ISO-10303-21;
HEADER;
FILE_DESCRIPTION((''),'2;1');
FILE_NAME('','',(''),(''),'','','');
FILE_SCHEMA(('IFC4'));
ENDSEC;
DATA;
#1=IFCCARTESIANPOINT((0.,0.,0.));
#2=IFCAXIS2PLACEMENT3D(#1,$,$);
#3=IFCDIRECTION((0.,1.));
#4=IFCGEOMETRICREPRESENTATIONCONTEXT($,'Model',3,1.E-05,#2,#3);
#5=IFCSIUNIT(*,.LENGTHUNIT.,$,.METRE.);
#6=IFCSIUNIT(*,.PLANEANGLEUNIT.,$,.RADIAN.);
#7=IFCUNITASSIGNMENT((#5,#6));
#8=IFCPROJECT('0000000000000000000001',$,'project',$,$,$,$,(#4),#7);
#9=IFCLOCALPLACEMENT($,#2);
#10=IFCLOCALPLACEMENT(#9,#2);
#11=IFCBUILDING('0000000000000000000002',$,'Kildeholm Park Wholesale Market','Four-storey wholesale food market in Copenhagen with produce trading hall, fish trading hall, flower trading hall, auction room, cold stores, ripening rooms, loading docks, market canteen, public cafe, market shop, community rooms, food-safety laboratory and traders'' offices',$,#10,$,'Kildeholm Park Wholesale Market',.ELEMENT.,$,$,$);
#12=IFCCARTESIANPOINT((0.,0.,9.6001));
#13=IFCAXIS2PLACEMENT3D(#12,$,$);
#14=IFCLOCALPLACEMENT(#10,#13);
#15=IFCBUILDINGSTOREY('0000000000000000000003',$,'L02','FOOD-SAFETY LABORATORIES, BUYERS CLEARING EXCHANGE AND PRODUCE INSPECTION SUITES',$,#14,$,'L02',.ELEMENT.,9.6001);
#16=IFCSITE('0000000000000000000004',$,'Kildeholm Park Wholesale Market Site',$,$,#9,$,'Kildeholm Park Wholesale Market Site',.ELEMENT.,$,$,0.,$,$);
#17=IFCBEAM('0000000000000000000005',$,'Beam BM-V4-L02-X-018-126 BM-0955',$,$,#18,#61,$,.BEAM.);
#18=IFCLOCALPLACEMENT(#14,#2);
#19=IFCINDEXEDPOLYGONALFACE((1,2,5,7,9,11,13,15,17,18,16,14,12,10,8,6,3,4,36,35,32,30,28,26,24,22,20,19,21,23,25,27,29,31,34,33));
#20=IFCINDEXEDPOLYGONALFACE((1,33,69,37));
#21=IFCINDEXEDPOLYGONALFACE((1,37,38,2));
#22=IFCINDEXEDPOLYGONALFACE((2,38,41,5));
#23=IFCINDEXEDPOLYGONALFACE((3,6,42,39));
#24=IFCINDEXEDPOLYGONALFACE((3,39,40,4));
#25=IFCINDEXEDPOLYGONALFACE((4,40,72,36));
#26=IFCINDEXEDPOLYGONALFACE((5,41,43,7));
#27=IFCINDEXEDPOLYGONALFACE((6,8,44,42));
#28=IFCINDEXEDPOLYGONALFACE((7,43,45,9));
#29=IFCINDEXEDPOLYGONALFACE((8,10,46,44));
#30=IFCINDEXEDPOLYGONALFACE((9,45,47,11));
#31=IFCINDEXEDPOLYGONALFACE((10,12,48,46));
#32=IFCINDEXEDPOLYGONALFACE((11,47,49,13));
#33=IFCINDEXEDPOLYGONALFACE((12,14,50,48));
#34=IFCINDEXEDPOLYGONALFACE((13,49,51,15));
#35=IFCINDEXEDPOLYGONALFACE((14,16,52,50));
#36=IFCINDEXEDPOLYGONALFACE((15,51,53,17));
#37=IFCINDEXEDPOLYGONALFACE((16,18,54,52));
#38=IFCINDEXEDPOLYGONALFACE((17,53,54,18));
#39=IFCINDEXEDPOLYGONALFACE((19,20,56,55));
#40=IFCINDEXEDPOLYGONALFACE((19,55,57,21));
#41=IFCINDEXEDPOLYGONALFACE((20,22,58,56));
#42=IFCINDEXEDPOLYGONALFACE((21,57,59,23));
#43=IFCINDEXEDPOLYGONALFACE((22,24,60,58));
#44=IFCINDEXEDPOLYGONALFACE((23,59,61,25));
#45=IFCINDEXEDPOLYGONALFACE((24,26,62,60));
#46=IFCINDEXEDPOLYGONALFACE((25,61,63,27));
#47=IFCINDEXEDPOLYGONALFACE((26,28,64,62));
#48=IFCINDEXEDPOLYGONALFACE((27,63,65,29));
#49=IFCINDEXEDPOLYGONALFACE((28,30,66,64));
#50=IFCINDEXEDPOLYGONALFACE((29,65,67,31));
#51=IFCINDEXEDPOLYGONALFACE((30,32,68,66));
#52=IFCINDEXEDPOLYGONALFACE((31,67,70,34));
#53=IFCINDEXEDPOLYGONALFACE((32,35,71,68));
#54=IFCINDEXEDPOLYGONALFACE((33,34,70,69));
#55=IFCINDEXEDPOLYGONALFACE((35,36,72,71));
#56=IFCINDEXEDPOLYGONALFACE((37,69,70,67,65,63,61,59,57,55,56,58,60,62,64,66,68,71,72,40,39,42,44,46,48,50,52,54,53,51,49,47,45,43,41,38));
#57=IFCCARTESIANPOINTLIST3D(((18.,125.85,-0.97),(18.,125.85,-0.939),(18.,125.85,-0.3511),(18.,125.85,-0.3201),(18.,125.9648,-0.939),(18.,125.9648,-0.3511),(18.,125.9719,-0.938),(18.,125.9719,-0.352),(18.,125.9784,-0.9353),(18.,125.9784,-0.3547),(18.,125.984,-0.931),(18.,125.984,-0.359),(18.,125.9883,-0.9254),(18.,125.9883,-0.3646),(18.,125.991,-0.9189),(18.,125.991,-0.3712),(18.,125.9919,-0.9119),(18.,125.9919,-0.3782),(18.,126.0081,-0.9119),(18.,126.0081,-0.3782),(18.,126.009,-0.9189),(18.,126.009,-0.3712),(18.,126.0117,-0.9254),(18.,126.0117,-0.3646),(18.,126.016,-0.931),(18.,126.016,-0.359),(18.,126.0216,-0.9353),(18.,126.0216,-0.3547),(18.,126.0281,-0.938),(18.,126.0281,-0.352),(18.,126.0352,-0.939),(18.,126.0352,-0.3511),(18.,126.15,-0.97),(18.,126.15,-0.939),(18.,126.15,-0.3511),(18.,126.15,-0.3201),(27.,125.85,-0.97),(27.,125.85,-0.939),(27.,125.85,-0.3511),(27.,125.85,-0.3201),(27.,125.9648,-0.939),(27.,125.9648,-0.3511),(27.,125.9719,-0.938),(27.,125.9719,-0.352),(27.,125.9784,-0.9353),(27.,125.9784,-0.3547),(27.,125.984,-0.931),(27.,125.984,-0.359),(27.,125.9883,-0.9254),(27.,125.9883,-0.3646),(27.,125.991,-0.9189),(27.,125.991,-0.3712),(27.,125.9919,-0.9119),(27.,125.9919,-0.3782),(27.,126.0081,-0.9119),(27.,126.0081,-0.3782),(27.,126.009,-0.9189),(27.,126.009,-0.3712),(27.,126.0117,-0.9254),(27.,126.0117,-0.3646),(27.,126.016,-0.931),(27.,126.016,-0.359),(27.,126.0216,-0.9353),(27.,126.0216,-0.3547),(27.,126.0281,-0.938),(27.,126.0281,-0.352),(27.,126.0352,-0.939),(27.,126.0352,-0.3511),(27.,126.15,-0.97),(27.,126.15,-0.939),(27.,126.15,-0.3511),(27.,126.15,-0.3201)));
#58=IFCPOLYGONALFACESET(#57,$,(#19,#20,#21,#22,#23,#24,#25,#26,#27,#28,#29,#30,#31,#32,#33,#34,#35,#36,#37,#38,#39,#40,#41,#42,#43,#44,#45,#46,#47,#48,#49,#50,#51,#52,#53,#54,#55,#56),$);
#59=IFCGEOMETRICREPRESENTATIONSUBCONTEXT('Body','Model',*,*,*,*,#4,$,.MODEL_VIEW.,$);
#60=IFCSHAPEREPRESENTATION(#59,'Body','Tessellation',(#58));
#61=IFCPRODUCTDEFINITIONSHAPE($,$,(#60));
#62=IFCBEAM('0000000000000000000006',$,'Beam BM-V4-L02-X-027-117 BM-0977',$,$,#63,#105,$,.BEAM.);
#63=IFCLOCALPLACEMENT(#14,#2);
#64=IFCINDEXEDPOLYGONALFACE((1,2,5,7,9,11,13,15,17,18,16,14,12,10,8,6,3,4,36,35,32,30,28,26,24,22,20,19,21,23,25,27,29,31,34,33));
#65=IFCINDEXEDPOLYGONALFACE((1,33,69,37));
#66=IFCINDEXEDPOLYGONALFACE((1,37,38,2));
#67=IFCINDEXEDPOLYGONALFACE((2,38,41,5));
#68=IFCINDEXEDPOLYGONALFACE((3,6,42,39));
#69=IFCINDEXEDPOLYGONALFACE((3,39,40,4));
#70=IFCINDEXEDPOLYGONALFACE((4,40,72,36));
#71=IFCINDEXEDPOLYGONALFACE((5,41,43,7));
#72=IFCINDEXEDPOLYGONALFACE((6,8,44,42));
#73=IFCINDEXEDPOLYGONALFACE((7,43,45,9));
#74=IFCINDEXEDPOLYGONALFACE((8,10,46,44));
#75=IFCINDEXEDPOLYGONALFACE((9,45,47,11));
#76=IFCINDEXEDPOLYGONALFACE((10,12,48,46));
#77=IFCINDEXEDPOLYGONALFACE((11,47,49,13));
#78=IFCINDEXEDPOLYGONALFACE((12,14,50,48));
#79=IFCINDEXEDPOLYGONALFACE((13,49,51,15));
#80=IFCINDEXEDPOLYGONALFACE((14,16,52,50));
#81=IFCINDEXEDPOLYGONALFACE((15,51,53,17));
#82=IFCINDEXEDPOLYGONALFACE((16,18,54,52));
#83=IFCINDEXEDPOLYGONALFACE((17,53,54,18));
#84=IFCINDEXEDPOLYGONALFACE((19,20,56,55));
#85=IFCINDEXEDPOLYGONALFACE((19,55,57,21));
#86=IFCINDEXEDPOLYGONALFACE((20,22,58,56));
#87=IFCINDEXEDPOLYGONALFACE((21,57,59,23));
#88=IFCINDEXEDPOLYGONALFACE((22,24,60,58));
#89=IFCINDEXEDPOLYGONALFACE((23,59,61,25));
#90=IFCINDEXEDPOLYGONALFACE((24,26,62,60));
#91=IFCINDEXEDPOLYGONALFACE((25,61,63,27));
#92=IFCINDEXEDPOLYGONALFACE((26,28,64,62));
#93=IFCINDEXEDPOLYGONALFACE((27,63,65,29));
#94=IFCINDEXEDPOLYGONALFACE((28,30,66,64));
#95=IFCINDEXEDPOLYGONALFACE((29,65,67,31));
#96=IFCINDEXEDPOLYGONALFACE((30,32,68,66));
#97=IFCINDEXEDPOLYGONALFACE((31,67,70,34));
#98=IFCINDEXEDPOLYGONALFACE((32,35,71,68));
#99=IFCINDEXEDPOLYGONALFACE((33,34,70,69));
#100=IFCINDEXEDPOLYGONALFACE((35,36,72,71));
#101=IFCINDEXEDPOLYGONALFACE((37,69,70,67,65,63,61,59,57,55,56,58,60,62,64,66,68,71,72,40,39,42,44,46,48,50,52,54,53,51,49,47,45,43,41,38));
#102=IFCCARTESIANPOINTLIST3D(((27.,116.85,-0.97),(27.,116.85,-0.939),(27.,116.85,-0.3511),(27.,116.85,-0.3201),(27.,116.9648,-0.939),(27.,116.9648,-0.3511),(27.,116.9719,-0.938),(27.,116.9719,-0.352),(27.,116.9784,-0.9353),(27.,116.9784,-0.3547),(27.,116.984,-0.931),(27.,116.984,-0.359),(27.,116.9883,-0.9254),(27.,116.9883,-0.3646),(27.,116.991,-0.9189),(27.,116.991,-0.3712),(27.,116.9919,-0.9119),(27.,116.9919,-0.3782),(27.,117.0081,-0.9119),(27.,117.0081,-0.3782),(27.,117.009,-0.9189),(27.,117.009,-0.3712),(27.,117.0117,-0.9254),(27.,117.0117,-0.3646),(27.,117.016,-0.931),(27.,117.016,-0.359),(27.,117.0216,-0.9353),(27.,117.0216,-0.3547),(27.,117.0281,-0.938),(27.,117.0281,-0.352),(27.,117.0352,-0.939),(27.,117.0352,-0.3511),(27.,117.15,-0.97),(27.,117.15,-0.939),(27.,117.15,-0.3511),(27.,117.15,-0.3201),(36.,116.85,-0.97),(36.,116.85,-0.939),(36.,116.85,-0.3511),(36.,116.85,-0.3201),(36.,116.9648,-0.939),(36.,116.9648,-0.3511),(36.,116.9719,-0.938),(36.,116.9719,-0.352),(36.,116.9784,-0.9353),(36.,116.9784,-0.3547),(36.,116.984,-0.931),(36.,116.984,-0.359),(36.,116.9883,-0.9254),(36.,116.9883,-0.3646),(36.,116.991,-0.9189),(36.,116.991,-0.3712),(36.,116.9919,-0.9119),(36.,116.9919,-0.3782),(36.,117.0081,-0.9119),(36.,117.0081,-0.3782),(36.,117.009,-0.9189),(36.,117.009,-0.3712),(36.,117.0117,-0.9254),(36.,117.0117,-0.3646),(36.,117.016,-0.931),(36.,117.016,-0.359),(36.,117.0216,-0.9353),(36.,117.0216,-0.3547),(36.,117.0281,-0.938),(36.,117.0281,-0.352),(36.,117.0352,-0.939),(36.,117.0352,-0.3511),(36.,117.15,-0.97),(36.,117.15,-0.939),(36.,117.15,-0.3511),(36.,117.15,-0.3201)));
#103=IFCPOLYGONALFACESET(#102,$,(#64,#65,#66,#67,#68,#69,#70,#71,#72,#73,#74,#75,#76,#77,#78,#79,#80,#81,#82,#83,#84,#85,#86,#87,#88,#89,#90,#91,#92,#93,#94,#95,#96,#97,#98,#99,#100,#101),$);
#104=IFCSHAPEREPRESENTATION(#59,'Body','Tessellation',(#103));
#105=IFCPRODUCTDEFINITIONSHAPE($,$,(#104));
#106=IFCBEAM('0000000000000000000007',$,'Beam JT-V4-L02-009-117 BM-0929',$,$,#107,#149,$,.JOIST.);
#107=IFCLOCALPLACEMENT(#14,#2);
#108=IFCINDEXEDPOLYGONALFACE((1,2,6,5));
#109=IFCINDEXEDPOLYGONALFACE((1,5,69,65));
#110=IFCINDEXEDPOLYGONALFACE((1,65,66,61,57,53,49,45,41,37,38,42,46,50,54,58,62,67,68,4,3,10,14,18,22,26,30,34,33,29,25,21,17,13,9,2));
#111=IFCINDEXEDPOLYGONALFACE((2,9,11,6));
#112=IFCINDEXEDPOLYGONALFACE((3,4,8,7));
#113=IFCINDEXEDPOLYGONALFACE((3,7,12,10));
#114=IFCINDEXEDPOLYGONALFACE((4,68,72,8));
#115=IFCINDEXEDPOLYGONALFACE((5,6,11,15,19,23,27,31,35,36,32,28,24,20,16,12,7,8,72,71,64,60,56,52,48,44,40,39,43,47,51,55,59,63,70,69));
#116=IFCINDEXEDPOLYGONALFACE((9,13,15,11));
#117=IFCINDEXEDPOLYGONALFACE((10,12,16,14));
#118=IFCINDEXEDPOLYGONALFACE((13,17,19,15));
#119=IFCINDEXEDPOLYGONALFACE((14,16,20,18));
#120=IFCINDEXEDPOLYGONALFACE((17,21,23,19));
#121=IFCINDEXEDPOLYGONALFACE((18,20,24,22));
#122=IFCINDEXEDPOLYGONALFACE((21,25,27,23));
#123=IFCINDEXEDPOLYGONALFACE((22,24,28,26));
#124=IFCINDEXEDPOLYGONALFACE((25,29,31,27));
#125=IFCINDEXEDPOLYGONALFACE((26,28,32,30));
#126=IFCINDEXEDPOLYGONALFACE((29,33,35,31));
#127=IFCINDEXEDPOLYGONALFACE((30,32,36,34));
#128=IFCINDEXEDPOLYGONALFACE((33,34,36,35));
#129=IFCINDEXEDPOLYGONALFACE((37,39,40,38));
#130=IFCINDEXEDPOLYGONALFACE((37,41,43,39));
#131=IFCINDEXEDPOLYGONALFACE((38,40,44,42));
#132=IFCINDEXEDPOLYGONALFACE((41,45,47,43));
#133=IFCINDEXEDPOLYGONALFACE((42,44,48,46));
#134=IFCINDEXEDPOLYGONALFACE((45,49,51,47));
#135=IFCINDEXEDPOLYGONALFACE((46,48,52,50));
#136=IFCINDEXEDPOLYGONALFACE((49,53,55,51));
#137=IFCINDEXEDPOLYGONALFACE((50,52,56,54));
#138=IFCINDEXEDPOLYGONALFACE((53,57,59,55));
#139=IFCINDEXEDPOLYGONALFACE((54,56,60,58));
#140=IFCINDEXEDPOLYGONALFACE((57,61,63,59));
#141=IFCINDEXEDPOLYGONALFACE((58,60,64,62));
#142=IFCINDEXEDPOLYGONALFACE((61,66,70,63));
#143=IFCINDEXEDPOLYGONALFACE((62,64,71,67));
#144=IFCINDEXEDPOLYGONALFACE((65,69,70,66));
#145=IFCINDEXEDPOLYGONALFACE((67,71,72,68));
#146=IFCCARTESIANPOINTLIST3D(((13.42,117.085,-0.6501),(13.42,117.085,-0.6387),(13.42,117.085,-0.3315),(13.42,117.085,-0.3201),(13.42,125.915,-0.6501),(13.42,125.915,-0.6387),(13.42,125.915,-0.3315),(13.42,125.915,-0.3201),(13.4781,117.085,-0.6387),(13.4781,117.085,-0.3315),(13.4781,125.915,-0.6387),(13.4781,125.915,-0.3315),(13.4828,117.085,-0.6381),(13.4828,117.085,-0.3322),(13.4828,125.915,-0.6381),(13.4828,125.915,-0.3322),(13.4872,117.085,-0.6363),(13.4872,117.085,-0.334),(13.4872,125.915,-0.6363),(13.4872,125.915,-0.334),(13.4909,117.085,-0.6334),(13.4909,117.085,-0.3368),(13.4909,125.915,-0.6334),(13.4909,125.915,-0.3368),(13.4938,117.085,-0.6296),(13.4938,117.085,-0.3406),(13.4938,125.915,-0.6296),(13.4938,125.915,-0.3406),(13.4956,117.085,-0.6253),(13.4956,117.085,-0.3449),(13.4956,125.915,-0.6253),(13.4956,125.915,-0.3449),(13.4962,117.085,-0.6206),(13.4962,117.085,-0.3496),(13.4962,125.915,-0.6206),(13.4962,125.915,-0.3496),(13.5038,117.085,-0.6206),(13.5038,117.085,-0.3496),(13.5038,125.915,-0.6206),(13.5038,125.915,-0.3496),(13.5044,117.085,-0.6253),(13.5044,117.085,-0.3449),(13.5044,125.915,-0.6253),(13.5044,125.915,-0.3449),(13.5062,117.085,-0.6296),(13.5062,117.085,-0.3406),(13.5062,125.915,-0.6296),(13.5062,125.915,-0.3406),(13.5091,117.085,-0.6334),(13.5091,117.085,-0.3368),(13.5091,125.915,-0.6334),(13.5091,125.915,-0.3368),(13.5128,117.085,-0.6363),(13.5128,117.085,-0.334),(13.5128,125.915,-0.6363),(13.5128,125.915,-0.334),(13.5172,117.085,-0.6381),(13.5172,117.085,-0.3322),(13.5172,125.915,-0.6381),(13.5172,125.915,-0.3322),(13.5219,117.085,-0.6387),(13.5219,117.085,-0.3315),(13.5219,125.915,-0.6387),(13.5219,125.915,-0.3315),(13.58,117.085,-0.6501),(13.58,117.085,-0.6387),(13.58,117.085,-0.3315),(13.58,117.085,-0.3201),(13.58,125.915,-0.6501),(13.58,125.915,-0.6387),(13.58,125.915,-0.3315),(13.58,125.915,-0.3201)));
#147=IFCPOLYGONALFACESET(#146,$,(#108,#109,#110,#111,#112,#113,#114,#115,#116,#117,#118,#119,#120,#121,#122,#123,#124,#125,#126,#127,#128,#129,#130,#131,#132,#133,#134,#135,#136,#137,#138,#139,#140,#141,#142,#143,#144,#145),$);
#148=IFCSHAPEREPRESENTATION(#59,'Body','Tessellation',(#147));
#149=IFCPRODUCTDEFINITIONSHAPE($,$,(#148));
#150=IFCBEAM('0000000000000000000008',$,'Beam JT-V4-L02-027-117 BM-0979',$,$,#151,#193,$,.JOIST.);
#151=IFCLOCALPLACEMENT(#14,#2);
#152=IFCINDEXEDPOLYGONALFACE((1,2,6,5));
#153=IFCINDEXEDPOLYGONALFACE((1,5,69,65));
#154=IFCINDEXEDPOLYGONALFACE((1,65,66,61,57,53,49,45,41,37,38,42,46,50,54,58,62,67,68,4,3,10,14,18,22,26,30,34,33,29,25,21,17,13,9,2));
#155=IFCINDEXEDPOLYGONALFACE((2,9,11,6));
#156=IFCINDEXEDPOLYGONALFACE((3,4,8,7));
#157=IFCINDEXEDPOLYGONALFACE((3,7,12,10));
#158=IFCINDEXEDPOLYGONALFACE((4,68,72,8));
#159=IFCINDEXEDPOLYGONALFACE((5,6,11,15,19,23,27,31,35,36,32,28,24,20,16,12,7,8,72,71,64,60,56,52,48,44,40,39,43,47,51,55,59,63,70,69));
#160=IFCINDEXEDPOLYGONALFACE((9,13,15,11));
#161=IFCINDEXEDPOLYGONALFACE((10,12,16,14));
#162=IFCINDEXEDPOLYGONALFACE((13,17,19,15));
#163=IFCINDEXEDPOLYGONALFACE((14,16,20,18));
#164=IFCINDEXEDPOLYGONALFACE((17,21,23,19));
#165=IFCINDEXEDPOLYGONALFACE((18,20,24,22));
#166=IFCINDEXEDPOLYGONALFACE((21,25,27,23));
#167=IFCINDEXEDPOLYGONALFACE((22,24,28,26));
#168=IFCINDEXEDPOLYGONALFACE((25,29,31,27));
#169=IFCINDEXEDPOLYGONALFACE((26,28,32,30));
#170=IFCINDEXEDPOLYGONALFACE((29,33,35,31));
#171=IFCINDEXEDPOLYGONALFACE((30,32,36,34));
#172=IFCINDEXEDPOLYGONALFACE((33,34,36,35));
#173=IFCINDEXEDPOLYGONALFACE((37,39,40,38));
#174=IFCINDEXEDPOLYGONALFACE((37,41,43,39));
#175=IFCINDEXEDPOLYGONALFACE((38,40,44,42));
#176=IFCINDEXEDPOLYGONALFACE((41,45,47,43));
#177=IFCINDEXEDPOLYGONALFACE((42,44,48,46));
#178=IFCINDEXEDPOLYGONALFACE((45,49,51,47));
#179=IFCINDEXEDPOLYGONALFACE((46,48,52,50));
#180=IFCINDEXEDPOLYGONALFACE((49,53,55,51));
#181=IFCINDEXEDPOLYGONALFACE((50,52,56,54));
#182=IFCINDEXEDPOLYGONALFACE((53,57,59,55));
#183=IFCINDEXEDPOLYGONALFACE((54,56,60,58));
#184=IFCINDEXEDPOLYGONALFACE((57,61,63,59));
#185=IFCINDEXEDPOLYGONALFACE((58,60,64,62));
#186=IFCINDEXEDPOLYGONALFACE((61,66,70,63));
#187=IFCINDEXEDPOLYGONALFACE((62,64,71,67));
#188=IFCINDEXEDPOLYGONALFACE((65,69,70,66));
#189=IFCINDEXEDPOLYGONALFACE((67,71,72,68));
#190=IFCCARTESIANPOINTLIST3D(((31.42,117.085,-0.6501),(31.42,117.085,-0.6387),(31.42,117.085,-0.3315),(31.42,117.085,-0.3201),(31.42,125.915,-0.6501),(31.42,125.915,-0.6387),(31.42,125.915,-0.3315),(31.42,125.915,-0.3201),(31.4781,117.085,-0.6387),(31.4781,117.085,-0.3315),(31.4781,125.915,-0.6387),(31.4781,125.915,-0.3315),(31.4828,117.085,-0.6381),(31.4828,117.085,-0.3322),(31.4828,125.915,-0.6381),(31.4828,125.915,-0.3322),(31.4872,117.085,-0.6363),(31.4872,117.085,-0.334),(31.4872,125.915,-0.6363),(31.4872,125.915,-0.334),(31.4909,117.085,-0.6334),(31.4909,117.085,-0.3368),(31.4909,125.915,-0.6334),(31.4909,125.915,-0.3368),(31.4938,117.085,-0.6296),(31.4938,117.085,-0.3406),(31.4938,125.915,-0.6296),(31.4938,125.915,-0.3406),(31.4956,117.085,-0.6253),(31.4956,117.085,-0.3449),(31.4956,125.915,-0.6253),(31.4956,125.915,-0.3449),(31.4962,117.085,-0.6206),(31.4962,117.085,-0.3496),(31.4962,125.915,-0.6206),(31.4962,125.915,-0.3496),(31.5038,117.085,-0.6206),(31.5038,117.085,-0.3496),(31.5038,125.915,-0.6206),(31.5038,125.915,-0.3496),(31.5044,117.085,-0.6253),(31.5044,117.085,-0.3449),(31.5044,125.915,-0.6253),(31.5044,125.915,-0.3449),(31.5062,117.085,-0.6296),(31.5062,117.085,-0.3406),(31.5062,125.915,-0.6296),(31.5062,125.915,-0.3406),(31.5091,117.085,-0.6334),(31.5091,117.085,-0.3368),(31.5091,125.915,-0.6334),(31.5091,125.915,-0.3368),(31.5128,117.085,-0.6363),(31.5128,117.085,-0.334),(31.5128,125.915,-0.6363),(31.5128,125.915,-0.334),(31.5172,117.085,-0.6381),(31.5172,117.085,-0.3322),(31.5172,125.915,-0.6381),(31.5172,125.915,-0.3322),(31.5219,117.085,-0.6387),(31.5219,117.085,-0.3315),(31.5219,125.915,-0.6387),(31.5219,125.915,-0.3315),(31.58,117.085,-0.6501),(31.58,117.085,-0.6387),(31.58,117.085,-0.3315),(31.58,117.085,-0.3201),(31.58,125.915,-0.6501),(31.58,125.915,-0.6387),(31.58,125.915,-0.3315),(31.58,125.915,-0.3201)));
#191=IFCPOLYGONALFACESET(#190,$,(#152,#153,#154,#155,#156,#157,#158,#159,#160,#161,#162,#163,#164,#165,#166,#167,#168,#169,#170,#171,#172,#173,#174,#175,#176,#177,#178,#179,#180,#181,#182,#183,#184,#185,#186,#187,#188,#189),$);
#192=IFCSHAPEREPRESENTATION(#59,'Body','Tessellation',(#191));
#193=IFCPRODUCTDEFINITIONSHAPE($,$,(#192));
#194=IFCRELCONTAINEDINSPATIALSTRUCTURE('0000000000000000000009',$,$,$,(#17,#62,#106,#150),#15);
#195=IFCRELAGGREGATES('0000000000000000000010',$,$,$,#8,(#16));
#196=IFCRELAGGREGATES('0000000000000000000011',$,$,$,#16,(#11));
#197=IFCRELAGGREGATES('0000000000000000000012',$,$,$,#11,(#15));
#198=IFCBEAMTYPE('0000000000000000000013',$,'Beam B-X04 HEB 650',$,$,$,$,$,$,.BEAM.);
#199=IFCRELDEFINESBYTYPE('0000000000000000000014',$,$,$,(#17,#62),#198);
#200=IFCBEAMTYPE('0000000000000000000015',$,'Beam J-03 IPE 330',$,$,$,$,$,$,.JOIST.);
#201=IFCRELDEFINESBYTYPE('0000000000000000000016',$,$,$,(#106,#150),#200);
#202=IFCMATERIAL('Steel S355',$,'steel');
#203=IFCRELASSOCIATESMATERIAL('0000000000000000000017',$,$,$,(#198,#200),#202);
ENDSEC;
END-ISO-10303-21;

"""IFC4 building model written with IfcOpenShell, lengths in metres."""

from ifc_helpers import new_model, si_unit, direction, frame, origin, origin_2d, place, context, subcontext, project, spatial, i_section, extrude, material, material_profile, profile_set, type_object, element, save


model = new_model("IFC4")

# Units and contexts
model_context = context("Model", 3, precision=1e-05, world=origin(), true_north=direction((0.0, 1.0)))
body_context = subcontext(model_context, "Body", "Model", "MODEL_VIEW")
ifc_project = project(units=[si_unit("LENGTHUNIT", "METRE"), si_unit("PLANEANGLEUNIT", "RADIAN")], contexts=[model_context])

# Site, building, storey
site_placement = place(None, origin())
site = spatial("IfcSite", under=ifc_project, at=site_placement, Name="Kildeholm Park Wholesale Market Site", LongName="Kildeholm Park Wholesale Market Site", CompositionType="ELEMENT", RefElevation=0.0)
building_placement = place(site_placement, origin())
building = spatial("IfcBuilding", under=site, at=building_placement, Name="Kildeholm Park Wholesale Market", Description="Four-storey wholesale food market in Copenhagen with produce trading hall, fish trading hall, flower trading hall, auction room, cold stores, ripening rooms, loading docks, market canteen, public cafe, market shop, community rooms, food-safety laboratory and traders' offices", LongName="Kildeholm Park Wholesale Market", CompositionType="ELEMENT")
storey_placement = place(building_placement, frame((0.0, 0.0, 9.6001)))
storey = spatial("IfcBuildingStorey", under=building, at=storey_placement, Name="L02", Description="FOOD-SAFETY LABORATORIES, BUYERS CLEARING EXCHANGE AND PRODUCE INSPECTION SUITES", LongName="L02", CompositionType="ELEMENT", Elevation=9.6001)

# Beams
ifc_material_1 = material(Name="Steel S355", Category="steel")
ifc_material_profile_1 = material_profile(ifc_material_1, i_section(OverallWidth=0.3, OverallDepth=0.6499, WebThickness=0.0161, FlangeThickness=0.031, FilletRadius=0.0271, at=origin_2d()), Name="HEB 650")
ifc_profile_set_1 = profile_set([ifc_material_profile_1], Name="Steel S355")
beam_type_1 = type_object("IfcBeamType", Name="Beam B-X04 HEB 650", PredefinedType="BEAM", material=ifc_profile_set_1)
for number, where, z_axis, x_axis, name in (
    (1, (18.0, 126.0, -0.645), (1.0, 0.0, 0.0), (0.0, 1.0, 0.0), "Beam BM-V4-L02-X-018-126 BM-0955"),
    (2, (27.0, 117.0, -0.645), (1.0, 0.0, 0.0), (0.0, 1.0, 0.0), "Beam BM-V4-L02-X-027-117 BM-0977"),
):
    element("IfcBeam", number, at=place(storey_placement, frame(where, z_axis=z_axis, x_axis=x_axis)), inside=storey, type_object=beam_type_1, Name=name, PredefinedType="BEAM", context=body_context, shape_type="SweptSolid", body=[
        extrude(i_section(OverallWidth=0.3, OverallDepth=0.6499, WebThickness=0.0161, FlangeThickness=0.031, FilletRadius=0.0271, at=origin_2d()), origin(), (0.0, 0.0, 1.0), 9.0),
    ])
ifc_material_profile_2 = material_profile(ifc_material_1, i_section(OverallWidth=0.1599, OverallDepth=0.3301, WebThickness=0.0076, FlangeThickness=0.0115, FilletRadius=0.0181, at=origin_2d()), Name="IPE 330")
ifc_profile_set_2 = profile_set([ifc_material_profile_2], Name="Steel S355")
beam_type_2 = type_object("IfcBeamType", Name="Beam J-03 IPE 330", PredefinedType="JOIST", material=ifc_profile_set_2)
for number, where, z_axis, x_axis, name in (
    (3, (13.5, 117.085, -0.4851), (0.0, 1.0, 0.0), (-1.0, 0.0, 0.0), "Beam JT-V4-L02-009-117 BM-0929"),
    (4, (31.5, 117.085, -0.4851), (0.0, 1.0, 0.0), (-1.0, 0.0, 0.0), "Beam JT-V4-L02-027-117 BM-0979"),
):
    element("IfcBeam", number, at=place(storey_placement, frame(where, z_axis=z_axis, x_axis=x_axis)), inside=storey, type_object=beam_type_2, Name=name, PredefinedType="JOIST", context=body_context, shape_type="SweptSolid", body=[
        extrude(i_section(OverallWidth=0.1599, OverallDepth=0.3301, WebThickness=0.0076, FlangeThickness=0.0115, FilletRadius=0.0181, at=origin_2d()), origin(), (0.0, 0.0, 1.0), 8.8301),
    ])

save(model, "model.ifc")
